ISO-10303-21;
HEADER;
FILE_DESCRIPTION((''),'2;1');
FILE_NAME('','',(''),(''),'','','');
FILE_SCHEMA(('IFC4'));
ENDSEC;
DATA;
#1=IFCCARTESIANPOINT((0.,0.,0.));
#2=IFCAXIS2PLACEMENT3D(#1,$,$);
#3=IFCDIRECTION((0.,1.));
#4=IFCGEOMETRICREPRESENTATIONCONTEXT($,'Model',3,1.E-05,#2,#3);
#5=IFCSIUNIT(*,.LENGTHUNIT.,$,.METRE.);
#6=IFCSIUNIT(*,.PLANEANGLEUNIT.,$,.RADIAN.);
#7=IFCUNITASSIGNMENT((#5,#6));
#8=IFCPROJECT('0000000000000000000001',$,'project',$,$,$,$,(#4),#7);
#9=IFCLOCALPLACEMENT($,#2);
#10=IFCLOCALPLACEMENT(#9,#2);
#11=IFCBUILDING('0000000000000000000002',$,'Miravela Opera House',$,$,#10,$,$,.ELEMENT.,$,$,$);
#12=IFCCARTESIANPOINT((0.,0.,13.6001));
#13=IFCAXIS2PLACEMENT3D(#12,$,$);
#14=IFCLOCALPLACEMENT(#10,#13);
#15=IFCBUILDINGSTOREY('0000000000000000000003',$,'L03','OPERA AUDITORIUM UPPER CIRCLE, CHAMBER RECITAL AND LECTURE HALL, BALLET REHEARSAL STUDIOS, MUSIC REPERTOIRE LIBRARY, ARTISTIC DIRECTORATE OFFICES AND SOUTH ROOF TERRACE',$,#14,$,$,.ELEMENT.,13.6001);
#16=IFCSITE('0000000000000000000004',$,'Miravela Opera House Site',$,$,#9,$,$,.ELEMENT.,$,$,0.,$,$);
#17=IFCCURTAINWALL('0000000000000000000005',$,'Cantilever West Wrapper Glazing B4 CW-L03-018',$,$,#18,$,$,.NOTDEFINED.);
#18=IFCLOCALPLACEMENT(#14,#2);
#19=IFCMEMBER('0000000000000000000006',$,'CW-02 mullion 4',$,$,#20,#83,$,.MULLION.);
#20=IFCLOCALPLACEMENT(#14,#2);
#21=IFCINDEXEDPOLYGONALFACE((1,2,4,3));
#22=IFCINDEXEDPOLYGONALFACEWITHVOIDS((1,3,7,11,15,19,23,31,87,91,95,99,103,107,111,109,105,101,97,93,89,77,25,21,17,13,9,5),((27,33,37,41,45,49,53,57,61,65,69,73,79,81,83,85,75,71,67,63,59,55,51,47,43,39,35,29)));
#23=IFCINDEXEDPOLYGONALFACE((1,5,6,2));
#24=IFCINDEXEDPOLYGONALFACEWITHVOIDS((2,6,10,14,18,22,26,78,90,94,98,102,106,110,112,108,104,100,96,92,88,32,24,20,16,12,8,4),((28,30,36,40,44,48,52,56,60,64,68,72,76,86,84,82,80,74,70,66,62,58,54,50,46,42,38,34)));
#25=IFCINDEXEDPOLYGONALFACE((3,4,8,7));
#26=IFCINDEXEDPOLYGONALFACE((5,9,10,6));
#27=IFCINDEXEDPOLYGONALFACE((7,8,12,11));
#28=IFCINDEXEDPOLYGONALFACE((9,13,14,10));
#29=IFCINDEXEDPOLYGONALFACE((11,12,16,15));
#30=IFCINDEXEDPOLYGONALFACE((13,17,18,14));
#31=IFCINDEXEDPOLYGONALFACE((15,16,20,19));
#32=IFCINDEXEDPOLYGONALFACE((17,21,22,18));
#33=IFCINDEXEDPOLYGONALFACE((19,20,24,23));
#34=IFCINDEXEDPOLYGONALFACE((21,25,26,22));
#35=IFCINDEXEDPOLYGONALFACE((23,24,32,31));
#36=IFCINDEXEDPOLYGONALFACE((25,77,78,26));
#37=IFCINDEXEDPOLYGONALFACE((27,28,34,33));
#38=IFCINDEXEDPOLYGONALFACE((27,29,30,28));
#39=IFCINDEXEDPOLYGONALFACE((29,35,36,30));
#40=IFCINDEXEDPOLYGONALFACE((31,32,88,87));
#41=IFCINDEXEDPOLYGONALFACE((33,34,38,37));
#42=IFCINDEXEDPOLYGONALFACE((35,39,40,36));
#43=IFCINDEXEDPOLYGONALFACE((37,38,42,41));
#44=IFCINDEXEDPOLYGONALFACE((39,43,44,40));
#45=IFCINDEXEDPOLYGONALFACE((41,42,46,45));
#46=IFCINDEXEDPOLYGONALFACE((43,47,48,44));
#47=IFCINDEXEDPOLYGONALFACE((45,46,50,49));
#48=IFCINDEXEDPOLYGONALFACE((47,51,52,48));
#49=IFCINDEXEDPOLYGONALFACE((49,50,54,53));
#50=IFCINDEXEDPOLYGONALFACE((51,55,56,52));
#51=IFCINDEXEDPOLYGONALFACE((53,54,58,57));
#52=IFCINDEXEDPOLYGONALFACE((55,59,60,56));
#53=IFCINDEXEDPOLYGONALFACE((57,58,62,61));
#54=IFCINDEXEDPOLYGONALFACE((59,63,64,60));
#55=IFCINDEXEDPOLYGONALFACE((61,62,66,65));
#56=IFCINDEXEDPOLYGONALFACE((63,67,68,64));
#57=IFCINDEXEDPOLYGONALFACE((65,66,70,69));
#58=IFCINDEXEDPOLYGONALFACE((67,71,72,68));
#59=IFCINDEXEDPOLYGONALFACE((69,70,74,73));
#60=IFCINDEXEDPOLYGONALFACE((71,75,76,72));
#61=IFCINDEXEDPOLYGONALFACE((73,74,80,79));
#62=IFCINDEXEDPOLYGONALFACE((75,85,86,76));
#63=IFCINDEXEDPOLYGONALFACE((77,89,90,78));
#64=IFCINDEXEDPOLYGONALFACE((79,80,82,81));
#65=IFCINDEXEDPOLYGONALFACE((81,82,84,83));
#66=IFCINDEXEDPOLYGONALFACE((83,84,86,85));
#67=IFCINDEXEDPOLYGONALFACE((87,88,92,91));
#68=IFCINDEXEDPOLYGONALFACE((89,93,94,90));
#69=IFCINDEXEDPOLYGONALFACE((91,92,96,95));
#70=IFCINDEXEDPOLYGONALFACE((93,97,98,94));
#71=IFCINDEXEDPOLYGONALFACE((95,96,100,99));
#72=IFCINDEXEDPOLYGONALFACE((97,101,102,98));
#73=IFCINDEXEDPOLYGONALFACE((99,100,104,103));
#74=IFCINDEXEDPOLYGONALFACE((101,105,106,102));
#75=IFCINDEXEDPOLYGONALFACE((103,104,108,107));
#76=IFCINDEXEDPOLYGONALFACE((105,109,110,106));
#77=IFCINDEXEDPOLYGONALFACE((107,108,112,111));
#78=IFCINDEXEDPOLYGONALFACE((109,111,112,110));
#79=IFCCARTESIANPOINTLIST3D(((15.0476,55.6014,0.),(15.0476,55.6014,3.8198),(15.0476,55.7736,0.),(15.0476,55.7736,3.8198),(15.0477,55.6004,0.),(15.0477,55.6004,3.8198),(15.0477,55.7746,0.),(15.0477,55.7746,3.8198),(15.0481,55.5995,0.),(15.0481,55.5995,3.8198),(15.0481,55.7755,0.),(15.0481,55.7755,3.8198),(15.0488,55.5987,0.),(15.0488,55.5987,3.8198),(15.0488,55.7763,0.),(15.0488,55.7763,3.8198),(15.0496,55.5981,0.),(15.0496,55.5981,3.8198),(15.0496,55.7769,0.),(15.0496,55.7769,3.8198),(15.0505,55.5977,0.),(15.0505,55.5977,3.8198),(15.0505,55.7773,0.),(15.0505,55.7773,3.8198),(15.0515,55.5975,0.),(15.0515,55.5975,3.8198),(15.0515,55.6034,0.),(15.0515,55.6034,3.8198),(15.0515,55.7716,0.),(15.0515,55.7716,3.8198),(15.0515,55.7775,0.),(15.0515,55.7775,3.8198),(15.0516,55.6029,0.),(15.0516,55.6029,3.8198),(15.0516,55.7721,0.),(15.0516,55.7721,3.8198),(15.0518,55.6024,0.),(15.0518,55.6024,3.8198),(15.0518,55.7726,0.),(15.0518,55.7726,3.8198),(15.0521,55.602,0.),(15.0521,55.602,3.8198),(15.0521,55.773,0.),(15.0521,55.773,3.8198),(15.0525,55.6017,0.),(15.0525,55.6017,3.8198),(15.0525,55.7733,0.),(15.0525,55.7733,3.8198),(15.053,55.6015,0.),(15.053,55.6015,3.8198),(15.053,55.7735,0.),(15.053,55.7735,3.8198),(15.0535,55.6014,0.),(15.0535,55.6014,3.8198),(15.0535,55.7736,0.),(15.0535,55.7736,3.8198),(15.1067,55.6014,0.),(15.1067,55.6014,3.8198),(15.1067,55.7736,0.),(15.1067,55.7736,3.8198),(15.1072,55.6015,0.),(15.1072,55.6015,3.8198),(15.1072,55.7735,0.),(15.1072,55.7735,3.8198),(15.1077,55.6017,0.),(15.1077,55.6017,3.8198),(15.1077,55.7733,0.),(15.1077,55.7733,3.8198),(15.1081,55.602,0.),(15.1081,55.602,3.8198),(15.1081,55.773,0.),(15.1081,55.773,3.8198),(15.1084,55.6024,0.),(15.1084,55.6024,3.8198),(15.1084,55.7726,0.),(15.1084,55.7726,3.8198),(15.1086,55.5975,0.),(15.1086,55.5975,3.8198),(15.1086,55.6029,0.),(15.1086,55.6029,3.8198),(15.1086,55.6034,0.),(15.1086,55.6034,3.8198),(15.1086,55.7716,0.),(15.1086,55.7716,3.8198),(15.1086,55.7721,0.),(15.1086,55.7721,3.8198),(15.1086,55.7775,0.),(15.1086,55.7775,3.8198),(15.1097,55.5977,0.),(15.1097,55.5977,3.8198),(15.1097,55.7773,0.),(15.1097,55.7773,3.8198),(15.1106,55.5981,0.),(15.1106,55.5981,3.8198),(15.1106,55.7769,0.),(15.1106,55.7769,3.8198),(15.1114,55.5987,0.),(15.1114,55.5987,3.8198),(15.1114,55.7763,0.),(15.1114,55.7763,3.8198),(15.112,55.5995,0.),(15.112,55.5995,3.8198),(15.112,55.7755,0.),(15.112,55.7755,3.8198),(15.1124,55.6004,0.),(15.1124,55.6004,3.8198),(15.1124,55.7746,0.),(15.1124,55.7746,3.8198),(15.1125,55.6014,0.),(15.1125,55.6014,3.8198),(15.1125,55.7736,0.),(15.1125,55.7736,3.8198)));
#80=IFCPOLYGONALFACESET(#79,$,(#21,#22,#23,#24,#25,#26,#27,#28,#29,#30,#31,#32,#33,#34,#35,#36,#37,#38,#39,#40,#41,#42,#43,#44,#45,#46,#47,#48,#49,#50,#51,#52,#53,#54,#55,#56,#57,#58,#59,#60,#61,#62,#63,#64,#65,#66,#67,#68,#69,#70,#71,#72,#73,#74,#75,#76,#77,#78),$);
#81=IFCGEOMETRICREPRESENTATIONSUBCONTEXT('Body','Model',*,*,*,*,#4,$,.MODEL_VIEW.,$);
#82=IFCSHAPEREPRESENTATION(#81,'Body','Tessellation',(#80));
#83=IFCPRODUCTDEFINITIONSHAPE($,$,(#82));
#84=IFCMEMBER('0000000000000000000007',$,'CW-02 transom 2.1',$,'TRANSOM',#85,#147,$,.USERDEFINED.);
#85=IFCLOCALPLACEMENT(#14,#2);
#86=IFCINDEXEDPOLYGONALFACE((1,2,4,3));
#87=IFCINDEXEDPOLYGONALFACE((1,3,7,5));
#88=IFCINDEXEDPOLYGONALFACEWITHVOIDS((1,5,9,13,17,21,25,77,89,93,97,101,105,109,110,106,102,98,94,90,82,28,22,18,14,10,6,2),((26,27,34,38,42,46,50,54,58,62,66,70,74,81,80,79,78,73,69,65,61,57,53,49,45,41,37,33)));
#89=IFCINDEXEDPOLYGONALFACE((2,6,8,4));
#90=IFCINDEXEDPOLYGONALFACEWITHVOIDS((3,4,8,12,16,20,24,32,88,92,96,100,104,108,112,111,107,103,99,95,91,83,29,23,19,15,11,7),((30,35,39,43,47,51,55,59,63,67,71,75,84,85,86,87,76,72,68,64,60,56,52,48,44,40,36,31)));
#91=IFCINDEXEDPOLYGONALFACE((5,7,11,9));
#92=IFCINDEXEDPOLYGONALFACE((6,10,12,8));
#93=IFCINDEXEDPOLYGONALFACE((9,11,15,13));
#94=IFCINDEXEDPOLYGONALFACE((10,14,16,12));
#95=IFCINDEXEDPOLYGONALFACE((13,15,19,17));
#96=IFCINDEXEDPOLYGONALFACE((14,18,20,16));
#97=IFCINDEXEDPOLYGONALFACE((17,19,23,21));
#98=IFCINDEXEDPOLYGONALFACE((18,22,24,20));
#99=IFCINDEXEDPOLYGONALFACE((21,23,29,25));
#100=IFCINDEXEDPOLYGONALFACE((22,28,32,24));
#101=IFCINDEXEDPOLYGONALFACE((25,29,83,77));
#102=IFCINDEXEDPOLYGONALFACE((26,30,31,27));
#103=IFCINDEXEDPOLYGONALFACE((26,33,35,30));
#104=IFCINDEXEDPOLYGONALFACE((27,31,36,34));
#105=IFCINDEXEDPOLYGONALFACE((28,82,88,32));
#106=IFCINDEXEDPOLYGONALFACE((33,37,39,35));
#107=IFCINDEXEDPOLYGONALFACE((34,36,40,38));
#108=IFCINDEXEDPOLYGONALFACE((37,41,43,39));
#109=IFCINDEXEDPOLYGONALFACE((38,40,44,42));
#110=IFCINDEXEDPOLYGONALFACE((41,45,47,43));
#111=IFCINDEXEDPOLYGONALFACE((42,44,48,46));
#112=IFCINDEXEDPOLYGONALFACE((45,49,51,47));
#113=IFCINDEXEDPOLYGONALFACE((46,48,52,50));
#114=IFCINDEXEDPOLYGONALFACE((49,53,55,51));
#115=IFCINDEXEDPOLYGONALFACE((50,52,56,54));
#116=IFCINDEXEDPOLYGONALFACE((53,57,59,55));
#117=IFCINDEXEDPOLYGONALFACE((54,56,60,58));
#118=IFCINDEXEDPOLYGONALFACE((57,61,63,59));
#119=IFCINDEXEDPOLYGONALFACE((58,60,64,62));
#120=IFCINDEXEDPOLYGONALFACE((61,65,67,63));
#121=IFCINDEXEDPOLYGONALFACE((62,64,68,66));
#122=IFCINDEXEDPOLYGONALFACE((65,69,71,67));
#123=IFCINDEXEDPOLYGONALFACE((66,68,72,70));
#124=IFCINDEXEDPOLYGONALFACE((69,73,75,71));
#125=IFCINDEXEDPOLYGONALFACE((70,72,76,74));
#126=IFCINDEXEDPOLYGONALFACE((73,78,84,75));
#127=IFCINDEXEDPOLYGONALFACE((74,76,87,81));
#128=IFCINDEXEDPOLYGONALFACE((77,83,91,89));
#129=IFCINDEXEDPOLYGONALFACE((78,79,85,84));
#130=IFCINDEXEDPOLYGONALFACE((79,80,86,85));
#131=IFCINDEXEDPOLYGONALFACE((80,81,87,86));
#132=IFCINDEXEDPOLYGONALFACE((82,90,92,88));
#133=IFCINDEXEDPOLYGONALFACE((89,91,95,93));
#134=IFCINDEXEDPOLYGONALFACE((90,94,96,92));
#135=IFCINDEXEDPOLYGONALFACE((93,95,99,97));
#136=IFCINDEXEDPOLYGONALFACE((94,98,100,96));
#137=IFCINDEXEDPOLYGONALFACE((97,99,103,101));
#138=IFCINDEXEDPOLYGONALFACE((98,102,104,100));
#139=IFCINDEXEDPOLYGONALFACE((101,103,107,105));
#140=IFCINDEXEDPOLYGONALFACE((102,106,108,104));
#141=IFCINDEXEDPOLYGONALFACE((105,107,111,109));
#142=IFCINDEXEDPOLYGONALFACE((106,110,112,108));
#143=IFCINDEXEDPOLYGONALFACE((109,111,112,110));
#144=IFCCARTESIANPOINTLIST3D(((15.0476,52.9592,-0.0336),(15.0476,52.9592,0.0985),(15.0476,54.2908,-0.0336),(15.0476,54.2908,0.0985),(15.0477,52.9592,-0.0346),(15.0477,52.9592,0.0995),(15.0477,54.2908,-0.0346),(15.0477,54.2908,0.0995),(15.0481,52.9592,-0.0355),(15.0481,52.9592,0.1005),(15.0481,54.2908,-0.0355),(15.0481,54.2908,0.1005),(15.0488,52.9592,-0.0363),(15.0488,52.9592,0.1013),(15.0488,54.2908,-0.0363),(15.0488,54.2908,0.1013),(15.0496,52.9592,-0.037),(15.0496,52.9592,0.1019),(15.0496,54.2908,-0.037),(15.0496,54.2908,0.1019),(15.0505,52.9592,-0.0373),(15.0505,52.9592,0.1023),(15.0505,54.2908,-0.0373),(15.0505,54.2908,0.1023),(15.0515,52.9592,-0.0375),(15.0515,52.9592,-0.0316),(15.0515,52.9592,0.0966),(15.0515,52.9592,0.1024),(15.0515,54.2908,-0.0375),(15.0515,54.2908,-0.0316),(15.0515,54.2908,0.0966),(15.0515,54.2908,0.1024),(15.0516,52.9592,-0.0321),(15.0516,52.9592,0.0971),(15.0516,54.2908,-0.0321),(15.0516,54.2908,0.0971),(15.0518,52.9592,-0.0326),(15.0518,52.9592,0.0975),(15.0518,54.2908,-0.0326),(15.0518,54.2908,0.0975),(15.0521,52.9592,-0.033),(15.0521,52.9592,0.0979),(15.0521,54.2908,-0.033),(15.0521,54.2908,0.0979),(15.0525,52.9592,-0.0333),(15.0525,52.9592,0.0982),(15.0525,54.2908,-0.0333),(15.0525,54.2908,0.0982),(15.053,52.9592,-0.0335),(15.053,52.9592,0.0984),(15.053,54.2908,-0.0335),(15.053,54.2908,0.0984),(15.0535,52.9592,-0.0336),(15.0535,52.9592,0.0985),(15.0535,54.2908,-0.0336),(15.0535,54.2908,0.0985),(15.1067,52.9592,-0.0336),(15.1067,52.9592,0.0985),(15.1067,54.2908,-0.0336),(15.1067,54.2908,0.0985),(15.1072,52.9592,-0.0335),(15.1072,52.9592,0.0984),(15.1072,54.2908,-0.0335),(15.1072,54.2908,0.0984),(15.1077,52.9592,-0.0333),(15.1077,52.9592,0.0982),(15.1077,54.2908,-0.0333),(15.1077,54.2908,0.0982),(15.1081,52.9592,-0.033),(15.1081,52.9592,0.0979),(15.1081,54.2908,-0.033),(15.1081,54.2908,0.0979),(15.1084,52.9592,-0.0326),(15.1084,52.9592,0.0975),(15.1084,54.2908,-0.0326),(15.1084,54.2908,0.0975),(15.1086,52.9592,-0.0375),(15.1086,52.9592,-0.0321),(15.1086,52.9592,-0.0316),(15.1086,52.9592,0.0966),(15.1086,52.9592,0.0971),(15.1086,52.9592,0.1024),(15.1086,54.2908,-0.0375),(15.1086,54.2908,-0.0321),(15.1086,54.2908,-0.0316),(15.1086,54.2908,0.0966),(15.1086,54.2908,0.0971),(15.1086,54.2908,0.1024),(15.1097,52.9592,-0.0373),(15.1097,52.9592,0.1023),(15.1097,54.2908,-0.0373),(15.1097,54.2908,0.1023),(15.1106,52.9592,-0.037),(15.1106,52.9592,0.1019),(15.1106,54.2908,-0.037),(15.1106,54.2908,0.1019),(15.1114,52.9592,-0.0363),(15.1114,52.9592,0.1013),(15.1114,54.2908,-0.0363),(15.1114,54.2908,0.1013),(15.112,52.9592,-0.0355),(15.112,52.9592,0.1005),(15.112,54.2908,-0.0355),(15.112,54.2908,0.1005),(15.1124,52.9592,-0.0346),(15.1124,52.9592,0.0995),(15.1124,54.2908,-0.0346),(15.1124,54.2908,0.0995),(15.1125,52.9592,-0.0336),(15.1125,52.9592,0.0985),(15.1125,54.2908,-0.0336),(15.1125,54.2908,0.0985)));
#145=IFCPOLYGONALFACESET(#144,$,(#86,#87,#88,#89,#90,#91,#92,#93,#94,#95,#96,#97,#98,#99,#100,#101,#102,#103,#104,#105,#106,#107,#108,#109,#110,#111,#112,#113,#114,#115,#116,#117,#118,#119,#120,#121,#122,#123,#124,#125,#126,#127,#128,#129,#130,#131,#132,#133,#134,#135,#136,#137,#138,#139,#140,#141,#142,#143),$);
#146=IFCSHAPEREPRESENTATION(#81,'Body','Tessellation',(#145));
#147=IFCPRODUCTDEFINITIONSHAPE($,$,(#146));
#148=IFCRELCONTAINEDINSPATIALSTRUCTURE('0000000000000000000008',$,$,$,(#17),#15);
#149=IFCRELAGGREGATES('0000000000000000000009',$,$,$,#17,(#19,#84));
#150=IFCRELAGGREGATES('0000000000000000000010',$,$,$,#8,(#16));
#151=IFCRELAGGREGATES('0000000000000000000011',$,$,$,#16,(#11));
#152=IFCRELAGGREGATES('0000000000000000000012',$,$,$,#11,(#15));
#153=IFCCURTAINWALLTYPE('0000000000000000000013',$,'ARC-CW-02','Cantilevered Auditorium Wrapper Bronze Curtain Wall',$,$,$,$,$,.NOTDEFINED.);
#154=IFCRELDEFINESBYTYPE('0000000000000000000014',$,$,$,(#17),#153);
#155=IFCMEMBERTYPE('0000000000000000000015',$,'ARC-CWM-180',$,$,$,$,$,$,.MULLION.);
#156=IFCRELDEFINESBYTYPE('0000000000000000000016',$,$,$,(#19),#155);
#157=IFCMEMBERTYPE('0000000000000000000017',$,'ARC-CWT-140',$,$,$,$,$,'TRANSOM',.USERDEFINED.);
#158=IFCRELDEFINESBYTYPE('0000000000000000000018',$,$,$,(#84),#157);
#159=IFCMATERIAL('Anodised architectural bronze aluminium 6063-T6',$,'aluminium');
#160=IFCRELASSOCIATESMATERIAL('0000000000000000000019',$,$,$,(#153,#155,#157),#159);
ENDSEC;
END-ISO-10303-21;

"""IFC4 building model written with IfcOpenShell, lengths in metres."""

from ifc_helpers import new_model, si_unit, direction, frame, origin, origin_2d, place, context, subcontext, project, spatial, hollow_rectangle, extrude, material, material_profile, profile_set, type_object, element, aggregate, save


model = new_model("IFC4")

# Units and contexts
model_context = context("Model", 3, precision=1e-05, world=origin(), true_north=direction((0.0, 1.0)))
body_context = subcontext(model_context, "Body", "Model", "MODEL_VIEW")
ifc_project = project(units=[si_unit("LENGTHUNIT", "METRE"), si_unit("PLANEANGLEUNIT", "RADIAN")], contexts=[model_context])

# Site, building, storey
site_placement = place(None, origin())
site = spatial("IfcSite", under=ifc_project, at=site_placement, Name="Miravela Opera House Site", CompositionType="ELEMENT", RefElevation=0.0)
building_placement = place(site_placement, origin())
building = spatial("IfcBuilding", under=site, at=building_placement, Name="Miravela Opera House", CompositionType="ELEMENT")
storey_placement = place(building_placement, frame((0.0, 0.0, 13.6001)))
storey = spatial("IfcBuildingStorey", under=building, at=storey_placement, Name="L03", Description="OPERA AUDITORIUM UPPER CIRCLE, CHAMBER RECITAL AND LECTURE HALL, BALLET REHEARSAL STUDIOS, MUSIC REPERTOIRE LIBRARY, ARTISTIC DIRECTORATE OFFICES AND SOUTH ROOF TERRACE", CompositionType="ELEMENT", Elevation=13.6001)

# Curtain wall, members
ifc_material_1 = material(Name="Anodised architectural bronze aluminium 6063-T6", Category="aluminium")
curtain_wall_type = type_object("IfcCurtainWallType", Name="ARC-CW-02", Description="Cantilevered Auditorium Wrapper Bronze Curtain Wall", PredefinedType="NOTDEFINED", material=ifc_material_1)
curtain_wall_placement = place(storey_placement, origin())
curtain_wall = element("IfcCurtainWall", 1, at=curtain_wall_placement, inside=storey, type_object=curtain_wall_type, Name="Cantilever West Wrapper Glazing B4 CW-L03-018", PredefinedType="NOTDEFINED")
ifc_material_profile_1 = material_profile(ifc_material_1, hollow_rectangle(XDim=0.0649, YDim=0.1799, WallThickness=0.0039, InnerFilletRadius=0.002, OuterFilletRadius=0.0039, at=origin_2d()), Name="CWM-65X180")
ifc_profile_set_1 = profile_set([ifc_material_profile_1])
member_type_1 = type_object("IfcMemberType", Name="ARC-CWM-180", PredefinedType="MULLION", material=ifc_profile_set_1)
member_1_placement = place(storey_placement, frame((15.0801, 55.6875, 0.0), z_axis=(0.0, 0.0, 1.0), x_axis=(-1.0, 0.0, 0.0)))
member_1 = element("IfcMember", 2, at=member_1_placement, type_object=member_type_1, Name="CW-02 mullion 4", PredefinedType="MULLION", context=body_context, shape_type="SweptSolid", body=[
    extrude(hollow_rectangle(XDim=0.0649, YDim=0.1799, WallThickness=0.0039, InnerFilletRadius=0.002, OuterFilletRadius=0.0039, at=origin_2d()), origin(), (0.0, 0.0, 1.0), 3.8198),
])
ifc_material_profile_2 = material_profile(ifc_material_1, hollow_rectangle(XDim=0.0649, YDim=0.1399, WallThickness=0.0039, InnerFilletRadius=0.002, OuterFilletRadius=0.0039, at=origin_2d()), Name="CWT-65X140")
ifc_profile_set_2 = profile_set([ifc_material_profile_2])
member_type_2 = type_object("IfcMemberType", Name="ARC-CWT-140", ElementType="TRANSOM", PredefinedType="USERDEFINED", material=ifc_profile_set_2)
member_2_placement = place(storey_placement, frame((15.0801, 52.9592, 0.0325), z_axis=(0.0, 1.0, 0.0), x_axis=(-1.0, 0.0, 0.0)))
member_2 = element("IfcMember", 3, at=member_2_placement, type_object=member_type_2, Name="CW-02 transom 2.1", ObjectType="TRANSOM", PredefinedType="USERDEFINED", context=body_context, shape_type="SweptSolid", body=[
    extrude(hollow_rectangle(XDim=0.0649, YDim=0.1399, WallThickness=0.0039, InnerFilletRadius=0.002, OuterFilletRadius=0.0039, at=origin_2d()), origin(), (0.0, 0.0, 1.0), 1.3315),
])

aggregate(curtain_wall, [member_1, member_2])

save(model, "model.ifc")
